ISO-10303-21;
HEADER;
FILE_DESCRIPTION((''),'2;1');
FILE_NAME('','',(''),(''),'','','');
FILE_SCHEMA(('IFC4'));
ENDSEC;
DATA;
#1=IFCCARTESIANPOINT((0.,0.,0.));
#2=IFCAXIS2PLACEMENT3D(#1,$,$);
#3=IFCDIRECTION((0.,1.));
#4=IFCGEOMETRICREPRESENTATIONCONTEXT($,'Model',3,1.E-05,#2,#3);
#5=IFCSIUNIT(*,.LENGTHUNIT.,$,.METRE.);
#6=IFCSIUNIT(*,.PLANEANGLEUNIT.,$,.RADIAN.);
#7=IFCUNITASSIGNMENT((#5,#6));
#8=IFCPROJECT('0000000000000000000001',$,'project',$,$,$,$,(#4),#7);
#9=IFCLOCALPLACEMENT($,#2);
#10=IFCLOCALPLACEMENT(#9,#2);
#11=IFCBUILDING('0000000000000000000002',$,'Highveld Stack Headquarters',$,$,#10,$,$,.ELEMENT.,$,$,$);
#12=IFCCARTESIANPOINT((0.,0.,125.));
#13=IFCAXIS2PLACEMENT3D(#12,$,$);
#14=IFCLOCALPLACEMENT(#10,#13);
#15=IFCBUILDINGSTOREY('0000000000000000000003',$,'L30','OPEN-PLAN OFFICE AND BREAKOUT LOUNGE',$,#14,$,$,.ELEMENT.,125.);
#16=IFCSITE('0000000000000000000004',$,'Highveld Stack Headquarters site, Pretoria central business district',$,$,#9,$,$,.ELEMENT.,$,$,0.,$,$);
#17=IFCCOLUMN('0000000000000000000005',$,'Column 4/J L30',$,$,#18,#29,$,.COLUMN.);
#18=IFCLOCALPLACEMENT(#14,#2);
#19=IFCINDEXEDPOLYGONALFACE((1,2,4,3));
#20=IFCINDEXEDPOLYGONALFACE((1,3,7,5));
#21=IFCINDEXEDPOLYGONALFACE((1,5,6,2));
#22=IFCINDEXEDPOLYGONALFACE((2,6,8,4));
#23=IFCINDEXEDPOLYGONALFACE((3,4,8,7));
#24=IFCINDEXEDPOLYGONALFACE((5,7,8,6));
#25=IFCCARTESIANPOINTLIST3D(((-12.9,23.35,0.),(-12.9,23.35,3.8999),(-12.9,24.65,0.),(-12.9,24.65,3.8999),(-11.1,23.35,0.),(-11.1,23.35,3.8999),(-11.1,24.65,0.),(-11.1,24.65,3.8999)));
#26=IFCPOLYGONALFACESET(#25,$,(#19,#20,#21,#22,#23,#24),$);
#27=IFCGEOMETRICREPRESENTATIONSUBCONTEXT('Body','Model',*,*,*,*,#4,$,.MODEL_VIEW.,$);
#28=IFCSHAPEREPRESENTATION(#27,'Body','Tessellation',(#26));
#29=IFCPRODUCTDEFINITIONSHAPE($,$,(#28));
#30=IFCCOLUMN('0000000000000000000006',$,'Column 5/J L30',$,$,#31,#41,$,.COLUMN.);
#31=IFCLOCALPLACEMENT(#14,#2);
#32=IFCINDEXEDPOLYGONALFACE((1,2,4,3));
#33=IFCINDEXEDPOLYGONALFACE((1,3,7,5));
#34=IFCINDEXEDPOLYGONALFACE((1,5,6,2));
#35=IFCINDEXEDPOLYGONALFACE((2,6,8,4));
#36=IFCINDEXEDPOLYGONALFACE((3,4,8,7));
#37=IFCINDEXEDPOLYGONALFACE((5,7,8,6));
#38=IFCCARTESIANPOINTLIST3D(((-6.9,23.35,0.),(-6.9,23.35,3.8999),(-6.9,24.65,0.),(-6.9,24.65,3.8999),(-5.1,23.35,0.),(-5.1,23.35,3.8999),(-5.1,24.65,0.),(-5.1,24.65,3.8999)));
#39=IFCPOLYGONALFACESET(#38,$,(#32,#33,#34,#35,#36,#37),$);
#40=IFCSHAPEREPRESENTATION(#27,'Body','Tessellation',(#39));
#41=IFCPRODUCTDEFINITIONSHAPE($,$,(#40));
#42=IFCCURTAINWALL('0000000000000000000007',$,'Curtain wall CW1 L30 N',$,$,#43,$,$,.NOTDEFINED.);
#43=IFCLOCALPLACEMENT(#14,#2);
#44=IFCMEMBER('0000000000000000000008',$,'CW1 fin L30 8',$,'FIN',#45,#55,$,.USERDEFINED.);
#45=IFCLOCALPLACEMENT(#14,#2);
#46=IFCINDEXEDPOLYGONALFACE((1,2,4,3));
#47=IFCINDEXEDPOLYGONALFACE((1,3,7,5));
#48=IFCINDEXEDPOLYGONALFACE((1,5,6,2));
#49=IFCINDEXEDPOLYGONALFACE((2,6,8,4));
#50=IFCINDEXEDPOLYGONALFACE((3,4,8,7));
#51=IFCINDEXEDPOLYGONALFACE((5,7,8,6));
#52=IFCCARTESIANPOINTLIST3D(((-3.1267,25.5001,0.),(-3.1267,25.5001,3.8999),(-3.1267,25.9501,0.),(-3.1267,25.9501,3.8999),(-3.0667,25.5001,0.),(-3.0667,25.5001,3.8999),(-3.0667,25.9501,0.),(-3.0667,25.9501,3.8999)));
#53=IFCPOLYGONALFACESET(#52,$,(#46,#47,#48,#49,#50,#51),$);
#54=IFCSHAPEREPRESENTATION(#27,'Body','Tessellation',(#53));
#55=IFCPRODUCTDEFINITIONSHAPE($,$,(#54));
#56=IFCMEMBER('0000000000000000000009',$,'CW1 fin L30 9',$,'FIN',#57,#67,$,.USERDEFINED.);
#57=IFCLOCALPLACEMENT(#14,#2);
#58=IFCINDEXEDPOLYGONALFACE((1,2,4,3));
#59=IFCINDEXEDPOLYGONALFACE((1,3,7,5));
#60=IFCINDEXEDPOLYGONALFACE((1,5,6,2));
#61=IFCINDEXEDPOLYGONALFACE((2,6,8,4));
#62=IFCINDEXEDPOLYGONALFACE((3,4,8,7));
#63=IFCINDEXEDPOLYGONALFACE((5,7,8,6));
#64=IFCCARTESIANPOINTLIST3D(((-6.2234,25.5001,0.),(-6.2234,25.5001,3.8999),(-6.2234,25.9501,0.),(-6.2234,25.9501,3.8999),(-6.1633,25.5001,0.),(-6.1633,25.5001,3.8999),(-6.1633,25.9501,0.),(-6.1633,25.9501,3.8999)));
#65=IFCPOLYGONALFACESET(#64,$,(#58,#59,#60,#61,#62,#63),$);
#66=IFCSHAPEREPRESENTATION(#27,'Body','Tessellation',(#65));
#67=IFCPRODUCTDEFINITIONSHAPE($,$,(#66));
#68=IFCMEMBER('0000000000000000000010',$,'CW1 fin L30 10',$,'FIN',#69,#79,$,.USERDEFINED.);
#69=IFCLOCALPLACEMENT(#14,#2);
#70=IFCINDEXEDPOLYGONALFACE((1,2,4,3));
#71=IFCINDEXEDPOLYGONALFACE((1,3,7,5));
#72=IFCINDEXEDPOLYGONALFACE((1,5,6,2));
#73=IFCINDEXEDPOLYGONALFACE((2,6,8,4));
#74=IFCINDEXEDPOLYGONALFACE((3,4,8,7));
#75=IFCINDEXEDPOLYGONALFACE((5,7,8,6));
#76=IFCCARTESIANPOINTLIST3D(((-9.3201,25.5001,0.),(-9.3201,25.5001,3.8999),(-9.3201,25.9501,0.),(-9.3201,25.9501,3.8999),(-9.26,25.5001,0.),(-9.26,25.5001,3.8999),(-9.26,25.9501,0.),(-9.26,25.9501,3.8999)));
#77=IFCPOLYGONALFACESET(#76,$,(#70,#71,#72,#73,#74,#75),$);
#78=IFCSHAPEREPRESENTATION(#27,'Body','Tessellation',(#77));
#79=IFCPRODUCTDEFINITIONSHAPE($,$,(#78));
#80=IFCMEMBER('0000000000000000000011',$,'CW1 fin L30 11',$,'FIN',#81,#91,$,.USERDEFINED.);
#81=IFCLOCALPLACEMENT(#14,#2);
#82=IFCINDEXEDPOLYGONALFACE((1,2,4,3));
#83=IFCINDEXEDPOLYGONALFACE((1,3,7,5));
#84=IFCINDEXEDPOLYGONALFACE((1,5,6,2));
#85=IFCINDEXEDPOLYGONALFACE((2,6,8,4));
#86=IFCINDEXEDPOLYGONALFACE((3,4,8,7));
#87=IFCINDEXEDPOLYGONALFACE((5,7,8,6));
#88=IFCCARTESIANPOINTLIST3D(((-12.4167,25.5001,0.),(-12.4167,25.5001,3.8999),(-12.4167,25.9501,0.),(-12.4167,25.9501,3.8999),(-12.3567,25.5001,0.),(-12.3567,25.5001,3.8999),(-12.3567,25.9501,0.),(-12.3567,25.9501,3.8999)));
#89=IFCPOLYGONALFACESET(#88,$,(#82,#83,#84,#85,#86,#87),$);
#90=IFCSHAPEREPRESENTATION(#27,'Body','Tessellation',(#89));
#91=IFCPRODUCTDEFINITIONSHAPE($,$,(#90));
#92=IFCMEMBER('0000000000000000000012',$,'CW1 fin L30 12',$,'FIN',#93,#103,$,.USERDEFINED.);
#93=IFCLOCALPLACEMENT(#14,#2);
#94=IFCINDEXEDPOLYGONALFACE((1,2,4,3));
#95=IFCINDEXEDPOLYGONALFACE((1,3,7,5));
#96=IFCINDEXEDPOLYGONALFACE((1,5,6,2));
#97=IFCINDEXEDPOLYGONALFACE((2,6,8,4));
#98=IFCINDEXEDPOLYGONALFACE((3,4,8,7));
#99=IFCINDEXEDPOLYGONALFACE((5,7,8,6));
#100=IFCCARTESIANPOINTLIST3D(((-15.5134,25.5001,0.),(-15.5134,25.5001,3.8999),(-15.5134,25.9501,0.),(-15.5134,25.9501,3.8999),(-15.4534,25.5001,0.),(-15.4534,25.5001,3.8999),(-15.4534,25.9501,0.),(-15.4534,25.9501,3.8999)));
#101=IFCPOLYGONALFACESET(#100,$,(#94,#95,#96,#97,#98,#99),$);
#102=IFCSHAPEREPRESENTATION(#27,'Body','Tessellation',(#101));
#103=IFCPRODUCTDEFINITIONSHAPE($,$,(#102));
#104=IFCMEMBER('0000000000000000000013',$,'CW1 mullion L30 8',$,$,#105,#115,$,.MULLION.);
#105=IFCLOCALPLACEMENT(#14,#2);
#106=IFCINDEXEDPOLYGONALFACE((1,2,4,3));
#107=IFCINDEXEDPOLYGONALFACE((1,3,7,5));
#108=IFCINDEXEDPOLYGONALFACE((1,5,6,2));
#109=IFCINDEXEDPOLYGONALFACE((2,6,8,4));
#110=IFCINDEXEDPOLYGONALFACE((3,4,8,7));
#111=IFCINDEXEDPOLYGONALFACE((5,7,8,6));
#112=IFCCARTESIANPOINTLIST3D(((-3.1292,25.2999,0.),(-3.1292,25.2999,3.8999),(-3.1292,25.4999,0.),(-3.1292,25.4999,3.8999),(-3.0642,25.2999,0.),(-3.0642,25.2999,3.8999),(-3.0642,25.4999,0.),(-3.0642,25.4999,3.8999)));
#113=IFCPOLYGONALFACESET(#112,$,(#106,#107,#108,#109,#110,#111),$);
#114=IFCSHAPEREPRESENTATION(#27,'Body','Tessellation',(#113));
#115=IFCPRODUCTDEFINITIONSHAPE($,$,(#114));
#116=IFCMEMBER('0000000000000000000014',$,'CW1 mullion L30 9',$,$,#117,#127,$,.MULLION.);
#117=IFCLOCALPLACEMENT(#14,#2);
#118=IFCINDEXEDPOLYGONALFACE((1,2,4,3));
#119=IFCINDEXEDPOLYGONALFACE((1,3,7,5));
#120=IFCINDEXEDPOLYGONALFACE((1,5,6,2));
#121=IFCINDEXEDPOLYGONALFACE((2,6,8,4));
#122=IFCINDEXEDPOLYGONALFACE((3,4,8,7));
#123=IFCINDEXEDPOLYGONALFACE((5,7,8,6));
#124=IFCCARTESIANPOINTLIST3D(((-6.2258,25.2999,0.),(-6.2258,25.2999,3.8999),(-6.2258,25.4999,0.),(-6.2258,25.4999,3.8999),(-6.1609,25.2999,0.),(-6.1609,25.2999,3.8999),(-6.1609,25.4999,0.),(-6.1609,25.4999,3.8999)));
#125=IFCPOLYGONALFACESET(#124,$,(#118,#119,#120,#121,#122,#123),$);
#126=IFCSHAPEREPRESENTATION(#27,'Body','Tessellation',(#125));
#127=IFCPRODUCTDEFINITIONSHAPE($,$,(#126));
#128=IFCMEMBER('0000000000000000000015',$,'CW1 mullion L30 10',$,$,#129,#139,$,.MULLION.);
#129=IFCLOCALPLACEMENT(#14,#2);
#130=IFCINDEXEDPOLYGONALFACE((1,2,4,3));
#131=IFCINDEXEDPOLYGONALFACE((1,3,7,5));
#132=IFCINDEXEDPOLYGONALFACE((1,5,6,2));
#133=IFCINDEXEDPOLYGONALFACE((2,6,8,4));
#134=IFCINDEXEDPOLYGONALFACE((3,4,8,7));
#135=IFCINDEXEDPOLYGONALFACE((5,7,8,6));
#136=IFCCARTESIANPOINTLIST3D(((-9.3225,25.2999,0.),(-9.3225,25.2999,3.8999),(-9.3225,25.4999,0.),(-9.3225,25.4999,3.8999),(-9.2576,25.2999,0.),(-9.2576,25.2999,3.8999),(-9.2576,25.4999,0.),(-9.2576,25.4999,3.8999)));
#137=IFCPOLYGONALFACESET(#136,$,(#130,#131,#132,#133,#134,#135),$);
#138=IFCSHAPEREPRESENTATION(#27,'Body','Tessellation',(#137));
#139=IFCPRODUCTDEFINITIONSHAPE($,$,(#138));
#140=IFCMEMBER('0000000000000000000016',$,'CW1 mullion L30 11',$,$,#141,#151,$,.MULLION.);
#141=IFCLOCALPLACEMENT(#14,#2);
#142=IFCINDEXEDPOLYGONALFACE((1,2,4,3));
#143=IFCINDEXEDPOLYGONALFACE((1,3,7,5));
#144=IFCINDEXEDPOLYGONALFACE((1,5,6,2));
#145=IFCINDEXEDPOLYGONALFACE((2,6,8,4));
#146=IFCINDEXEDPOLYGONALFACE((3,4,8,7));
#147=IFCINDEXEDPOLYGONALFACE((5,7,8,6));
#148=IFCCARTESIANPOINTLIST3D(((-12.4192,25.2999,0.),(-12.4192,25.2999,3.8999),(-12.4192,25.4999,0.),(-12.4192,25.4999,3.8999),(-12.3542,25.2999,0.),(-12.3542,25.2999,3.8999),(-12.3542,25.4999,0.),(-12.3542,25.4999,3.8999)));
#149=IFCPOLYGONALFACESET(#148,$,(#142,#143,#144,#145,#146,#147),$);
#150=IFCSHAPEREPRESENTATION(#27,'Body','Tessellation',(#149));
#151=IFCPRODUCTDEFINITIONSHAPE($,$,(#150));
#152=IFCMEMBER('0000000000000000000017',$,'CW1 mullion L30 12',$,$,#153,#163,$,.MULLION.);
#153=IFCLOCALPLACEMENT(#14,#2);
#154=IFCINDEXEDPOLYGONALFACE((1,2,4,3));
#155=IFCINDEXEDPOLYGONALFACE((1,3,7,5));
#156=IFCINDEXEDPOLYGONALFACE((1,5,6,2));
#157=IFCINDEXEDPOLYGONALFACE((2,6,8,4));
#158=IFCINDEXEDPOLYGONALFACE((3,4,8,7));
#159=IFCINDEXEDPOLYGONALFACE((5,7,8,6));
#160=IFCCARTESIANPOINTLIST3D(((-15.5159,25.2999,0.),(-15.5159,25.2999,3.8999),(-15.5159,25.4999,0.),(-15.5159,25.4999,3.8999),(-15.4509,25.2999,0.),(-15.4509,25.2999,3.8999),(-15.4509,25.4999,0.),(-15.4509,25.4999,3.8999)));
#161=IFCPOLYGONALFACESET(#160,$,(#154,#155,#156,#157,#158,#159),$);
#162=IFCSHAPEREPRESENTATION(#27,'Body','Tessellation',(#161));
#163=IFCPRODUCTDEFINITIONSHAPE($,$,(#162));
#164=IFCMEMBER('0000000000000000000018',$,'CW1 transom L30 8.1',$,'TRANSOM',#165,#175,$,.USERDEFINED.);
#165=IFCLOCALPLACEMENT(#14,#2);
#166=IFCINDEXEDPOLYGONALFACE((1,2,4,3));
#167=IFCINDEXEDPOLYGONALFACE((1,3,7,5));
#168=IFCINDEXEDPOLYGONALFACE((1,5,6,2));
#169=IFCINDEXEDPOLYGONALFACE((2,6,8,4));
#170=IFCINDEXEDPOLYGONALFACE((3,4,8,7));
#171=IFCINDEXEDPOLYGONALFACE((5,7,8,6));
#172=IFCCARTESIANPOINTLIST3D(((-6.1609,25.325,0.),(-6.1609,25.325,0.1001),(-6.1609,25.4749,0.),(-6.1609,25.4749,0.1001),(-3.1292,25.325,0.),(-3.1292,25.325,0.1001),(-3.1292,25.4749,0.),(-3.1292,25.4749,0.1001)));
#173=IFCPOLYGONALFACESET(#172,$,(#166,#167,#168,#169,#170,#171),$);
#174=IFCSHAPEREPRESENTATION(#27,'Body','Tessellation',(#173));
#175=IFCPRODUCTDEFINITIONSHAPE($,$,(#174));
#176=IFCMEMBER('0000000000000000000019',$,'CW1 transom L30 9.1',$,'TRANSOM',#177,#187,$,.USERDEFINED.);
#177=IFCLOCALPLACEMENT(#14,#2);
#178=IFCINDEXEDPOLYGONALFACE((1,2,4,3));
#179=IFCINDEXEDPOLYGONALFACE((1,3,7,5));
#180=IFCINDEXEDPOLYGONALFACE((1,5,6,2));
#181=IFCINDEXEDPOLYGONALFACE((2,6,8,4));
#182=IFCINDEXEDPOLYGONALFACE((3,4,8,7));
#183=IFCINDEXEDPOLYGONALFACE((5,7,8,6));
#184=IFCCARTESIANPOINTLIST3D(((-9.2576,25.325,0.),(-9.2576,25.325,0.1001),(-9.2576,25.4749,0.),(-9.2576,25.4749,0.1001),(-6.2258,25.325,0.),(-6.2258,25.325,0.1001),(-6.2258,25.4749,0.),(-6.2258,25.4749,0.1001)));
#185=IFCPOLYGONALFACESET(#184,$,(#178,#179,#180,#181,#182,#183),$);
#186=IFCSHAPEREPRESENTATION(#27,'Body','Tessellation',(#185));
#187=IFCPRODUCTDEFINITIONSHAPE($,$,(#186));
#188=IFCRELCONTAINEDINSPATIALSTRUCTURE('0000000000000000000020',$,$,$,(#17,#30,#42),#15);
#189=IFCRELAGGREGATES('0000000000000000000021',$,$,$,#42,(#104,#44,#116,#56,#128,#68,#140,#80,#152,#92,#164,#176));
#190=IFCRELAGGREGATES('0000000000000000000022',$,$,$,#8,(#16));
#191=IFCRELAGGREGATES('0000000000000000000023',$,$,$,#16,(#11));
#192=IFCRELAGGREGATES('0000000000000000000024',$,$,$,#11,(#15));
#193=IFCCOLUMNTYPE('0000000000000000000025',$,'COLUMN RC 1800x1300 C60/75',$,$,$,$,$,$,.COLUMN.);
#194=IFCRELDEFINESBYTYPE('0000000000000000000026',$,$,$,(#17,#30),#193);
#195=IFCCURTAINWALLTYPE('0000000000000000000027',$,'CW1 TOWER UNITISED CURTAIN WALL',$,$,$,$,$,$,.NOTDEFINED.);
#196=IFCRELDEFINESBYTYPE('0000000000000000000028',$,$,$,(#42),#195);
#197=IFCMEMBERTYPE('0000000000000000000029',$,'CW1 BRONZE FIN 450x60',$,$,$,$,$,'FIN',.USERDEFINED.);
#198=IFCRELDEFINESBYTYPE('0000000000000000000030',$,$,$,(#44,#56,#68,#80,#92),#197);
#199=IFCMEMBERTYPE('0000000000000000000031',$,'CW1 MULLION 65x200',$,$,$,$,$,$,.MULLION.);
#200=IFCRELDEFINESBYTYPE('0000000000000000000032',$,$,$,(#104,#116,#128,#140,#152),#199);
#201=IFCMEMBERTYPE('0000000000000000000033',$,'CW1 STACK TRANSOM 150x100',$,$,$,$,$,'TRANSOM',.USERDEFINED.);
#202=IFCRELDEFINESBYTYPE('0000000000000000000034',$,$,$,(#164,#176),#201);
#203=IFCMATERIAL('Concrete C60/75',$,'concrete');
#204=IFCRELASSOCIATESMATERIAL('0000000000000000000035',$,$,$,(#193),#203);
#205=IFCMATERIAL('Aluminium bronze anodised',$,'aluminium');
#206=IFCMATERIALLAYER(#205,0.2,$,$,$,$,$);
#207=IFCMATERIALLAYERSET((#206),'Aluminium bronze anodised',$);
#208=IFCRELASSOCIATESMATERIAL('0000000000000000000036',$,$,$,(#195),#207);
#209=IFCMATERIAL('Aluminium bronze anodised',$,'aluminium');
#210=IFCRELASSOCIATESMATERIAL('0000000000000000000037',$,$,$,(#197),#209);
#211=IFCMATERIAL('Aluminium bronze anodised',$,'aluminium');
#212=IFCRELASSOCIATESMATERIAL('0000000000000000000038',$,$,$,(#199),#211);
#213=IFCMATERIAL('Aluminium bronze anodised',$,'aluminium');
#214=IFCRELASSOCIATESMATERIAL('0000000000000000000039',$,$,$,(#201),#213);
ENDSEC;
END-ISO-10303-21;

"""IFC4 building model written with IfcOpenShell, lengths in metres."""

from ifc_helpers import new_model, si_unit, direction, frame, origin, origin_2d, place, context, subcontext, project, spatial, rectangle, extrude, material, layer, layer_set, material_profile, profile_set, type_object, element, aggregate, save


model = new_model("IFC4")

# Units and contexts
model_context = context("Model", 3, precision=1e-05, world=origin(), true_north=direction((0.0, 1.0)))
body_context = subcontext(model_context, "Body", "Model", "MODEL_VIEW")
ifc_project = project(units=[si_unit("LENGTHUNIT", "METRE"), si_unit("PLANEANGLEUNIT", "RADIAN")], contexts=[model_context])

# Site, building, storey
site_placement = place(None, origin())
site = spatial("IfcSite", under=ifc_project, at=site_placement, Name="Highveld Stack Headquarters site, Pretoria central business district", CompositionType="ELEMENT", RefElevation=0.0)
building_placement = place(site_placement, origin())
building = spatial("IfcBuilding", under=site, at=building_placement, Name="Highveld Stack Headquarters", CompositionType="ELEMENT")
storey_placement = place(building_placement, frame((0.0, 0.0, 125.0)))
storey = spatial("IfcBuildingStorey", under=building, at=storey_placement, Name="L30", Description="OPEN-PLAN OFFICE AND BREAKOUT LOUNGE", CompositionType="ELEMENT", Elevation=125.0)

# Columns
ifc_material_1 = material(Name="Concrete C60/75", Category="concrete")
ifc_material_profile_1 = material_profile(ifc_material_1, rectangle(XDim=1.8, YDim=1.3, at=origin_2d()), Name="RC 1800x1300")
ifc_profile_set_1 = profile_set([ifc_material_profile_1], Name="Concrete C60/75")
column_type = type_object("IfcColumnType", Name="COLUMN RC 1800x1300 C60/75", PredefinedType="COLUMN", material=ifc_profile_set_1)
for number, where, z_axis, x_axis, name in (
    (1, (-12.0, 24.0, 0.0), (0.0, 0.0, 1.0), (1.0, 0.0, 0.0), "Column 4/J L30"),
    (2, (-6.0, 24.0, 0.0), (0.0, 0.0, 1.0), (1.0, 0.0, 0.0), "Column 5/J L30"),
):
    element("IfcColumn", number, at=place(storey_placement, frame(where, z_axis=z_axis, x_axis=x_axis)), inside=storey, type_object=column_type, Name=name, PredefinedType="COLUMN", context=body_context, shape_type="SweptSolid", body=[
        extrude(rectangle(XDim=1.8, YDim=1.3, at=origin_2d()), origin(), (0.0, 0.0, 1.0), 3.8999),
    ])

# Curtain wall, members
ifc_material_2 = material(Name="Aluminium bronze anodised", Category="aluminium")
ifc_layer_1 = layer(ifc_material_2, 0.2)
ifc_layer_set_1 = layer_set([ifc_layer_1], Name="Aluminium bronze anodised")
curtain_wall_type = type_object("IfcCurtainWallType", Name="CW1 TOWER UNITISED CURTAIN WALL", PredefinedType="NOTDEFINED", material=ifc_layer_set_1)
curtain_wall_placement = place(storey_placement, origin())
curtain_wall = element("IfcCurtainWall", 3, at=curtain_wall_placement, inside=storey, type_object=curtain_wall_type, Name="Curtain wall CW1 L30 N", PredefinedType="NOTDEFINED")
ifc_material_3 = material(Name="Aluminium bronze anodised", Category="aluminium")
ifc_material_profile_2 = material_profile(ifc_material_3, rectangle(XDim=0.45, YDim=0.0601, at=origin_2d()), Name="FIN 450x60")
ifc_profile_set_2 = profile_set([ifc_material_profile_2], Name="Aluminium bronze anodised")
member_type_1 = type_object("IfcMemberType", Name="CW1 BRONZE FIN 450x60", ElementType="FIN", PredefinedType="USERDEFINED", material=ifc_profile_set_2)
member_1_placement = place(storey_placement, frame((-3.0967, 25.7251, 0.0), z_axis=(0.0, 0.0, 1.0), x_axis=(0.0, -1.0, 0.0)))
member_1 = element("IfcMember", 4, at=member_1_placement, type_object=member_type_1, Name="CW1 fin L30 8", ObjectType="FIN", PredefinedType="USERDEFINED", context=body_context, shape_type="SweptSolid", body=[
    extrude(rectangle(XDim=0.45, YDim=0.0601, at=origin_2d()), origin(), (0.0, 0.0, 1.0), 3.8999),
])
member_2_placement = place(storey_placement, frame((-6.1934, 25.7251, 0.0), z_axis=(0.0, 0.0, 1.0), x_axis=(0.0, -1.0, 0.0)))
member_2 = element("IfcMember", 5, at=member_2_placement, type_object=member_type_1, Name="CW1 fin L30 9", ObjectType="FIN", PredefinedType="USERDEFINED", context=body_context, shape_type="SweptSolid", body=[
    extrude(rectangle(XDim=0.45, YDim=0.0601, at=origin_2d()), origin(), (0.0, 0.0, 1.0), 3.8999),
])
member_3_placement = place(storey_placement, frame((-9.29, 25.7251, 0.0), z_axis=(0.0, 0.0, 1.0), x_axis=(0.0, -1.0, 0.0)))
member_3 = element("IfcMember", 6, at=member_3_placement, type_object=member_type_1, Name="CW1 fin L30 10", ObjectType="FIN", PredefinedType="USERDEFINED", context=body_context, shape_type="SweptSolid", body=[
    extrude(rectangle(XDim=0.45, YDim=0.0601, at=origin_2d()), origin(), (0.0, 0.0, 1.0), 3.8999),
])
member_4_placement = place(storey_placement, frame((-12.3867, 25.7251, 0.0), z_axis=(0.0, 0.0, 1.0), x_axis=(0.0, -1.0, 0.0)))
member_4 = element("IfcMember", 7, at=member_4_placement, type_object=member_type_1, Name="CW1 fin L30 11", ObjectType="FIN", PredefinedType="USERDEFINED", context=body_context, shape_type="SweptSolid", body=[
    extrude(rectangle(XDim=0.45, YDim=0.0601, at=origin_2d()), origin(), (0.0, 0.0, 1.0), 3.8999),
])
member_5_placement = place(storey_placement, frame((-15.4834, 25.7251, 0.0), z_axis=(0.0, 0.0, 1.0), x_axis=(0.0, -1.0, 0.0)))
member_5 = element("IfcMember", 8, at=member_5_placement, type_object=member_type_1, Name="CW1 fin L30 12", ObjectType="FIN", PredefinedType="USERDEFINED", context=body_context, shape_type="SweptSolid", body=[
    extrude(rectangle(XDim=0.45, YDim=0.0601, at=origin_2d()), origin(), (0.0, 0.0, 1.0), 3.8999),
])
ifc_material_4 = material(Name="Aluminium bronze anodised", Category="aluminium")
ifc_material_profile_3 = material_profile(ifc_material_4, rectangle(XDim=0.2, YDim=0.0649, at=origin_2d()), Name="CW1 MULLION 65x200")
ifc_profile_set_3 = profile_set([ifc_material_profile_3], Name="Aluminium bronze anodised")
member_type_2 = type_object("IfcMemberType", Name="CW1 MULLION 65x200", PredefinedType="MULLION", material=ifc_profile_set_3)
member_6_placement = place(storey_placement, frame((-3.0967, 25.3999, 0.0), z_axis=(0.0, 0.0, 1.0), x_axis=(0.0, -1.0, 0.0)))
member_6 = element("IfcMember", 9, at=member_6_placement, type_object=member_type_2, Name="CW1 mullion L30 8", PredefinedType="MULLION", context=body_context, shape_type="SweptSolid", body=[
    extrude(rectangle(XDim=0.2, YDim=0.0649, at=origin_2d()), origin(), (0.0, 0.0, 1.0), 3.8999),
])
member_7_placement = place(storey_placement, frame((-6.1934, 25.3999, 0.0), z_axis=(0.0, 0.0, 1.0), x_axis=(0.0, -1.0, 0.0)))
member_7 = element("IfcMember", 10, at=member_7_placement, type_object=member_type_2, Name="CW1 mullion L30 9", PredefinedType="MULLION", context=body_context, shape_type="SweptSolid", body=[
    extrude(rectangle(XDim=0.2, YDim=0.0649, at=origin_2d()), origin(), (0.0, 0.0, 1.0), 3.8999),
])
member_8_placement = place(storey_placement, frame((-9.29, 25.3999, 0.0), z_axis=(0.0, 0.0, 1.0), x_axis=(0.0, -1.0, 0.0)))
member_8 = element("IfcMember", 11, at=member_8_placement, type_object=member_type_2, Name="CW1 mullion L30 10", PredefinedType="MULLION", context=body_context, shape_type="SweptSolid", body=[
    extrude(rectangle(XDim=0.2, YDim=0.0649, at=origin_2d()), origin(), (0.0, 0.0, 1.0), 3.8999),
])
member_9_placement = place(storey_placement, frame((-12.3867, 25.3999, 0.0), z_axis=(0.0, 0.0, 1.0), x_axis=(0.0, -1.0, 0.0)))
member_9 = element("IfcMember", 12, at=member_9_placement, type_object=member_type_2, Name="CW1 mullion L30 11", PredefinedType="MULLION", context=body_context, shape_type="SweptSolid", body=[
    extrude(rectangle(XDim=0.2, YDim=0.0649, at=origin_2d()), origin(), (0.0, 0.0, 1.0), 3.8999),
])
member_10_placement = place(storey_placement, frame((-15.4834, 25.3999, 0.0), z_axis=(0.0, 0.0, 1.0), x_axis=(0.0, -1.0, 0.0)))
member_10 = element("IfcMember", 13, at=member_10_placement, type_object=member_type_2, Name="CW1 mullion L30 12", PredefinedType="MULLION", context=body_context, shape_type="SweptSolid", body=[
    extrude(rectangle(XDim=0.2, YDim=0.0649, at=origin_2d()), origin(), (0.0, 0.0, 1.0), 3.8999),
])
ifc_material_5 = material(Name="Aluminium bronze anodised", Category="aluminium")
ifc_material_profile_4 = material_profile(ifc_material_5, rectangle(XDim=0.1499, YDim=0.1001, at=origin_2d()), Name="CW1 TRANSOM 150x100")
ifc_profile_set_4 = profile_set([ifc_material_profile_4], Name="Aluminium bronze anodised")
member_type_3 = type_object("IfcMemberType", Name="CW1 STACK TRANSOM 150x100", ElementType="TRANSOM", PredefinedType="USERDEFINED", material=ifc_profile_set_4)
member_11_placement = place(storey_placement, frame((-3.1292, 25.3999, 0.05), z_axis=(-1.0, 0.0, 0.0), x_axis=(0.0, -1.0, 0.0)))
member_11 = element("IfcMember", 14, at=member_11_placement, type_object=member_type_3, Name="CW1 transom L30 8.1", ObjectType="TRANSOM", PredefinedType="USERDEFINED", context=body_context, shape_type="SweptSolid", body=[
    extrude(rectangle(XDim=0.1499, YDim=0.1001, at=origin_2d()), origin(), (0.0, 0.0, 1.0), 3.0317),
])
member_12_placement = place(storey_placement, frame((-6.2258, 25.3999, 0.05), z_axis=(-1.0, 0.0, 0.0), x_axis=(0.0, -1.0, 0.0)))
member_12 = element("IfcMember", 15, at=member_12_placement, type_object=member_type_3, Name="CW1 transom L30 9.1", ObjectType="TRANSOM", PredefinedType="USERDEFINED", context=body_context, shape_type="SweptSolid", body=[
    extrude(rectangle(XDim=0.1499, YDim=0.1001, at=origin_2d()), origin(), (0.0, 0.0, 1.0), 3.0317),
])
aggregate(curtain_wall, [member_6, member_1, member_7, member_2, member_8, member_3, member_9, member_4, member_10, member_5, member_11, member_12])

save(model, "model.ifc")
